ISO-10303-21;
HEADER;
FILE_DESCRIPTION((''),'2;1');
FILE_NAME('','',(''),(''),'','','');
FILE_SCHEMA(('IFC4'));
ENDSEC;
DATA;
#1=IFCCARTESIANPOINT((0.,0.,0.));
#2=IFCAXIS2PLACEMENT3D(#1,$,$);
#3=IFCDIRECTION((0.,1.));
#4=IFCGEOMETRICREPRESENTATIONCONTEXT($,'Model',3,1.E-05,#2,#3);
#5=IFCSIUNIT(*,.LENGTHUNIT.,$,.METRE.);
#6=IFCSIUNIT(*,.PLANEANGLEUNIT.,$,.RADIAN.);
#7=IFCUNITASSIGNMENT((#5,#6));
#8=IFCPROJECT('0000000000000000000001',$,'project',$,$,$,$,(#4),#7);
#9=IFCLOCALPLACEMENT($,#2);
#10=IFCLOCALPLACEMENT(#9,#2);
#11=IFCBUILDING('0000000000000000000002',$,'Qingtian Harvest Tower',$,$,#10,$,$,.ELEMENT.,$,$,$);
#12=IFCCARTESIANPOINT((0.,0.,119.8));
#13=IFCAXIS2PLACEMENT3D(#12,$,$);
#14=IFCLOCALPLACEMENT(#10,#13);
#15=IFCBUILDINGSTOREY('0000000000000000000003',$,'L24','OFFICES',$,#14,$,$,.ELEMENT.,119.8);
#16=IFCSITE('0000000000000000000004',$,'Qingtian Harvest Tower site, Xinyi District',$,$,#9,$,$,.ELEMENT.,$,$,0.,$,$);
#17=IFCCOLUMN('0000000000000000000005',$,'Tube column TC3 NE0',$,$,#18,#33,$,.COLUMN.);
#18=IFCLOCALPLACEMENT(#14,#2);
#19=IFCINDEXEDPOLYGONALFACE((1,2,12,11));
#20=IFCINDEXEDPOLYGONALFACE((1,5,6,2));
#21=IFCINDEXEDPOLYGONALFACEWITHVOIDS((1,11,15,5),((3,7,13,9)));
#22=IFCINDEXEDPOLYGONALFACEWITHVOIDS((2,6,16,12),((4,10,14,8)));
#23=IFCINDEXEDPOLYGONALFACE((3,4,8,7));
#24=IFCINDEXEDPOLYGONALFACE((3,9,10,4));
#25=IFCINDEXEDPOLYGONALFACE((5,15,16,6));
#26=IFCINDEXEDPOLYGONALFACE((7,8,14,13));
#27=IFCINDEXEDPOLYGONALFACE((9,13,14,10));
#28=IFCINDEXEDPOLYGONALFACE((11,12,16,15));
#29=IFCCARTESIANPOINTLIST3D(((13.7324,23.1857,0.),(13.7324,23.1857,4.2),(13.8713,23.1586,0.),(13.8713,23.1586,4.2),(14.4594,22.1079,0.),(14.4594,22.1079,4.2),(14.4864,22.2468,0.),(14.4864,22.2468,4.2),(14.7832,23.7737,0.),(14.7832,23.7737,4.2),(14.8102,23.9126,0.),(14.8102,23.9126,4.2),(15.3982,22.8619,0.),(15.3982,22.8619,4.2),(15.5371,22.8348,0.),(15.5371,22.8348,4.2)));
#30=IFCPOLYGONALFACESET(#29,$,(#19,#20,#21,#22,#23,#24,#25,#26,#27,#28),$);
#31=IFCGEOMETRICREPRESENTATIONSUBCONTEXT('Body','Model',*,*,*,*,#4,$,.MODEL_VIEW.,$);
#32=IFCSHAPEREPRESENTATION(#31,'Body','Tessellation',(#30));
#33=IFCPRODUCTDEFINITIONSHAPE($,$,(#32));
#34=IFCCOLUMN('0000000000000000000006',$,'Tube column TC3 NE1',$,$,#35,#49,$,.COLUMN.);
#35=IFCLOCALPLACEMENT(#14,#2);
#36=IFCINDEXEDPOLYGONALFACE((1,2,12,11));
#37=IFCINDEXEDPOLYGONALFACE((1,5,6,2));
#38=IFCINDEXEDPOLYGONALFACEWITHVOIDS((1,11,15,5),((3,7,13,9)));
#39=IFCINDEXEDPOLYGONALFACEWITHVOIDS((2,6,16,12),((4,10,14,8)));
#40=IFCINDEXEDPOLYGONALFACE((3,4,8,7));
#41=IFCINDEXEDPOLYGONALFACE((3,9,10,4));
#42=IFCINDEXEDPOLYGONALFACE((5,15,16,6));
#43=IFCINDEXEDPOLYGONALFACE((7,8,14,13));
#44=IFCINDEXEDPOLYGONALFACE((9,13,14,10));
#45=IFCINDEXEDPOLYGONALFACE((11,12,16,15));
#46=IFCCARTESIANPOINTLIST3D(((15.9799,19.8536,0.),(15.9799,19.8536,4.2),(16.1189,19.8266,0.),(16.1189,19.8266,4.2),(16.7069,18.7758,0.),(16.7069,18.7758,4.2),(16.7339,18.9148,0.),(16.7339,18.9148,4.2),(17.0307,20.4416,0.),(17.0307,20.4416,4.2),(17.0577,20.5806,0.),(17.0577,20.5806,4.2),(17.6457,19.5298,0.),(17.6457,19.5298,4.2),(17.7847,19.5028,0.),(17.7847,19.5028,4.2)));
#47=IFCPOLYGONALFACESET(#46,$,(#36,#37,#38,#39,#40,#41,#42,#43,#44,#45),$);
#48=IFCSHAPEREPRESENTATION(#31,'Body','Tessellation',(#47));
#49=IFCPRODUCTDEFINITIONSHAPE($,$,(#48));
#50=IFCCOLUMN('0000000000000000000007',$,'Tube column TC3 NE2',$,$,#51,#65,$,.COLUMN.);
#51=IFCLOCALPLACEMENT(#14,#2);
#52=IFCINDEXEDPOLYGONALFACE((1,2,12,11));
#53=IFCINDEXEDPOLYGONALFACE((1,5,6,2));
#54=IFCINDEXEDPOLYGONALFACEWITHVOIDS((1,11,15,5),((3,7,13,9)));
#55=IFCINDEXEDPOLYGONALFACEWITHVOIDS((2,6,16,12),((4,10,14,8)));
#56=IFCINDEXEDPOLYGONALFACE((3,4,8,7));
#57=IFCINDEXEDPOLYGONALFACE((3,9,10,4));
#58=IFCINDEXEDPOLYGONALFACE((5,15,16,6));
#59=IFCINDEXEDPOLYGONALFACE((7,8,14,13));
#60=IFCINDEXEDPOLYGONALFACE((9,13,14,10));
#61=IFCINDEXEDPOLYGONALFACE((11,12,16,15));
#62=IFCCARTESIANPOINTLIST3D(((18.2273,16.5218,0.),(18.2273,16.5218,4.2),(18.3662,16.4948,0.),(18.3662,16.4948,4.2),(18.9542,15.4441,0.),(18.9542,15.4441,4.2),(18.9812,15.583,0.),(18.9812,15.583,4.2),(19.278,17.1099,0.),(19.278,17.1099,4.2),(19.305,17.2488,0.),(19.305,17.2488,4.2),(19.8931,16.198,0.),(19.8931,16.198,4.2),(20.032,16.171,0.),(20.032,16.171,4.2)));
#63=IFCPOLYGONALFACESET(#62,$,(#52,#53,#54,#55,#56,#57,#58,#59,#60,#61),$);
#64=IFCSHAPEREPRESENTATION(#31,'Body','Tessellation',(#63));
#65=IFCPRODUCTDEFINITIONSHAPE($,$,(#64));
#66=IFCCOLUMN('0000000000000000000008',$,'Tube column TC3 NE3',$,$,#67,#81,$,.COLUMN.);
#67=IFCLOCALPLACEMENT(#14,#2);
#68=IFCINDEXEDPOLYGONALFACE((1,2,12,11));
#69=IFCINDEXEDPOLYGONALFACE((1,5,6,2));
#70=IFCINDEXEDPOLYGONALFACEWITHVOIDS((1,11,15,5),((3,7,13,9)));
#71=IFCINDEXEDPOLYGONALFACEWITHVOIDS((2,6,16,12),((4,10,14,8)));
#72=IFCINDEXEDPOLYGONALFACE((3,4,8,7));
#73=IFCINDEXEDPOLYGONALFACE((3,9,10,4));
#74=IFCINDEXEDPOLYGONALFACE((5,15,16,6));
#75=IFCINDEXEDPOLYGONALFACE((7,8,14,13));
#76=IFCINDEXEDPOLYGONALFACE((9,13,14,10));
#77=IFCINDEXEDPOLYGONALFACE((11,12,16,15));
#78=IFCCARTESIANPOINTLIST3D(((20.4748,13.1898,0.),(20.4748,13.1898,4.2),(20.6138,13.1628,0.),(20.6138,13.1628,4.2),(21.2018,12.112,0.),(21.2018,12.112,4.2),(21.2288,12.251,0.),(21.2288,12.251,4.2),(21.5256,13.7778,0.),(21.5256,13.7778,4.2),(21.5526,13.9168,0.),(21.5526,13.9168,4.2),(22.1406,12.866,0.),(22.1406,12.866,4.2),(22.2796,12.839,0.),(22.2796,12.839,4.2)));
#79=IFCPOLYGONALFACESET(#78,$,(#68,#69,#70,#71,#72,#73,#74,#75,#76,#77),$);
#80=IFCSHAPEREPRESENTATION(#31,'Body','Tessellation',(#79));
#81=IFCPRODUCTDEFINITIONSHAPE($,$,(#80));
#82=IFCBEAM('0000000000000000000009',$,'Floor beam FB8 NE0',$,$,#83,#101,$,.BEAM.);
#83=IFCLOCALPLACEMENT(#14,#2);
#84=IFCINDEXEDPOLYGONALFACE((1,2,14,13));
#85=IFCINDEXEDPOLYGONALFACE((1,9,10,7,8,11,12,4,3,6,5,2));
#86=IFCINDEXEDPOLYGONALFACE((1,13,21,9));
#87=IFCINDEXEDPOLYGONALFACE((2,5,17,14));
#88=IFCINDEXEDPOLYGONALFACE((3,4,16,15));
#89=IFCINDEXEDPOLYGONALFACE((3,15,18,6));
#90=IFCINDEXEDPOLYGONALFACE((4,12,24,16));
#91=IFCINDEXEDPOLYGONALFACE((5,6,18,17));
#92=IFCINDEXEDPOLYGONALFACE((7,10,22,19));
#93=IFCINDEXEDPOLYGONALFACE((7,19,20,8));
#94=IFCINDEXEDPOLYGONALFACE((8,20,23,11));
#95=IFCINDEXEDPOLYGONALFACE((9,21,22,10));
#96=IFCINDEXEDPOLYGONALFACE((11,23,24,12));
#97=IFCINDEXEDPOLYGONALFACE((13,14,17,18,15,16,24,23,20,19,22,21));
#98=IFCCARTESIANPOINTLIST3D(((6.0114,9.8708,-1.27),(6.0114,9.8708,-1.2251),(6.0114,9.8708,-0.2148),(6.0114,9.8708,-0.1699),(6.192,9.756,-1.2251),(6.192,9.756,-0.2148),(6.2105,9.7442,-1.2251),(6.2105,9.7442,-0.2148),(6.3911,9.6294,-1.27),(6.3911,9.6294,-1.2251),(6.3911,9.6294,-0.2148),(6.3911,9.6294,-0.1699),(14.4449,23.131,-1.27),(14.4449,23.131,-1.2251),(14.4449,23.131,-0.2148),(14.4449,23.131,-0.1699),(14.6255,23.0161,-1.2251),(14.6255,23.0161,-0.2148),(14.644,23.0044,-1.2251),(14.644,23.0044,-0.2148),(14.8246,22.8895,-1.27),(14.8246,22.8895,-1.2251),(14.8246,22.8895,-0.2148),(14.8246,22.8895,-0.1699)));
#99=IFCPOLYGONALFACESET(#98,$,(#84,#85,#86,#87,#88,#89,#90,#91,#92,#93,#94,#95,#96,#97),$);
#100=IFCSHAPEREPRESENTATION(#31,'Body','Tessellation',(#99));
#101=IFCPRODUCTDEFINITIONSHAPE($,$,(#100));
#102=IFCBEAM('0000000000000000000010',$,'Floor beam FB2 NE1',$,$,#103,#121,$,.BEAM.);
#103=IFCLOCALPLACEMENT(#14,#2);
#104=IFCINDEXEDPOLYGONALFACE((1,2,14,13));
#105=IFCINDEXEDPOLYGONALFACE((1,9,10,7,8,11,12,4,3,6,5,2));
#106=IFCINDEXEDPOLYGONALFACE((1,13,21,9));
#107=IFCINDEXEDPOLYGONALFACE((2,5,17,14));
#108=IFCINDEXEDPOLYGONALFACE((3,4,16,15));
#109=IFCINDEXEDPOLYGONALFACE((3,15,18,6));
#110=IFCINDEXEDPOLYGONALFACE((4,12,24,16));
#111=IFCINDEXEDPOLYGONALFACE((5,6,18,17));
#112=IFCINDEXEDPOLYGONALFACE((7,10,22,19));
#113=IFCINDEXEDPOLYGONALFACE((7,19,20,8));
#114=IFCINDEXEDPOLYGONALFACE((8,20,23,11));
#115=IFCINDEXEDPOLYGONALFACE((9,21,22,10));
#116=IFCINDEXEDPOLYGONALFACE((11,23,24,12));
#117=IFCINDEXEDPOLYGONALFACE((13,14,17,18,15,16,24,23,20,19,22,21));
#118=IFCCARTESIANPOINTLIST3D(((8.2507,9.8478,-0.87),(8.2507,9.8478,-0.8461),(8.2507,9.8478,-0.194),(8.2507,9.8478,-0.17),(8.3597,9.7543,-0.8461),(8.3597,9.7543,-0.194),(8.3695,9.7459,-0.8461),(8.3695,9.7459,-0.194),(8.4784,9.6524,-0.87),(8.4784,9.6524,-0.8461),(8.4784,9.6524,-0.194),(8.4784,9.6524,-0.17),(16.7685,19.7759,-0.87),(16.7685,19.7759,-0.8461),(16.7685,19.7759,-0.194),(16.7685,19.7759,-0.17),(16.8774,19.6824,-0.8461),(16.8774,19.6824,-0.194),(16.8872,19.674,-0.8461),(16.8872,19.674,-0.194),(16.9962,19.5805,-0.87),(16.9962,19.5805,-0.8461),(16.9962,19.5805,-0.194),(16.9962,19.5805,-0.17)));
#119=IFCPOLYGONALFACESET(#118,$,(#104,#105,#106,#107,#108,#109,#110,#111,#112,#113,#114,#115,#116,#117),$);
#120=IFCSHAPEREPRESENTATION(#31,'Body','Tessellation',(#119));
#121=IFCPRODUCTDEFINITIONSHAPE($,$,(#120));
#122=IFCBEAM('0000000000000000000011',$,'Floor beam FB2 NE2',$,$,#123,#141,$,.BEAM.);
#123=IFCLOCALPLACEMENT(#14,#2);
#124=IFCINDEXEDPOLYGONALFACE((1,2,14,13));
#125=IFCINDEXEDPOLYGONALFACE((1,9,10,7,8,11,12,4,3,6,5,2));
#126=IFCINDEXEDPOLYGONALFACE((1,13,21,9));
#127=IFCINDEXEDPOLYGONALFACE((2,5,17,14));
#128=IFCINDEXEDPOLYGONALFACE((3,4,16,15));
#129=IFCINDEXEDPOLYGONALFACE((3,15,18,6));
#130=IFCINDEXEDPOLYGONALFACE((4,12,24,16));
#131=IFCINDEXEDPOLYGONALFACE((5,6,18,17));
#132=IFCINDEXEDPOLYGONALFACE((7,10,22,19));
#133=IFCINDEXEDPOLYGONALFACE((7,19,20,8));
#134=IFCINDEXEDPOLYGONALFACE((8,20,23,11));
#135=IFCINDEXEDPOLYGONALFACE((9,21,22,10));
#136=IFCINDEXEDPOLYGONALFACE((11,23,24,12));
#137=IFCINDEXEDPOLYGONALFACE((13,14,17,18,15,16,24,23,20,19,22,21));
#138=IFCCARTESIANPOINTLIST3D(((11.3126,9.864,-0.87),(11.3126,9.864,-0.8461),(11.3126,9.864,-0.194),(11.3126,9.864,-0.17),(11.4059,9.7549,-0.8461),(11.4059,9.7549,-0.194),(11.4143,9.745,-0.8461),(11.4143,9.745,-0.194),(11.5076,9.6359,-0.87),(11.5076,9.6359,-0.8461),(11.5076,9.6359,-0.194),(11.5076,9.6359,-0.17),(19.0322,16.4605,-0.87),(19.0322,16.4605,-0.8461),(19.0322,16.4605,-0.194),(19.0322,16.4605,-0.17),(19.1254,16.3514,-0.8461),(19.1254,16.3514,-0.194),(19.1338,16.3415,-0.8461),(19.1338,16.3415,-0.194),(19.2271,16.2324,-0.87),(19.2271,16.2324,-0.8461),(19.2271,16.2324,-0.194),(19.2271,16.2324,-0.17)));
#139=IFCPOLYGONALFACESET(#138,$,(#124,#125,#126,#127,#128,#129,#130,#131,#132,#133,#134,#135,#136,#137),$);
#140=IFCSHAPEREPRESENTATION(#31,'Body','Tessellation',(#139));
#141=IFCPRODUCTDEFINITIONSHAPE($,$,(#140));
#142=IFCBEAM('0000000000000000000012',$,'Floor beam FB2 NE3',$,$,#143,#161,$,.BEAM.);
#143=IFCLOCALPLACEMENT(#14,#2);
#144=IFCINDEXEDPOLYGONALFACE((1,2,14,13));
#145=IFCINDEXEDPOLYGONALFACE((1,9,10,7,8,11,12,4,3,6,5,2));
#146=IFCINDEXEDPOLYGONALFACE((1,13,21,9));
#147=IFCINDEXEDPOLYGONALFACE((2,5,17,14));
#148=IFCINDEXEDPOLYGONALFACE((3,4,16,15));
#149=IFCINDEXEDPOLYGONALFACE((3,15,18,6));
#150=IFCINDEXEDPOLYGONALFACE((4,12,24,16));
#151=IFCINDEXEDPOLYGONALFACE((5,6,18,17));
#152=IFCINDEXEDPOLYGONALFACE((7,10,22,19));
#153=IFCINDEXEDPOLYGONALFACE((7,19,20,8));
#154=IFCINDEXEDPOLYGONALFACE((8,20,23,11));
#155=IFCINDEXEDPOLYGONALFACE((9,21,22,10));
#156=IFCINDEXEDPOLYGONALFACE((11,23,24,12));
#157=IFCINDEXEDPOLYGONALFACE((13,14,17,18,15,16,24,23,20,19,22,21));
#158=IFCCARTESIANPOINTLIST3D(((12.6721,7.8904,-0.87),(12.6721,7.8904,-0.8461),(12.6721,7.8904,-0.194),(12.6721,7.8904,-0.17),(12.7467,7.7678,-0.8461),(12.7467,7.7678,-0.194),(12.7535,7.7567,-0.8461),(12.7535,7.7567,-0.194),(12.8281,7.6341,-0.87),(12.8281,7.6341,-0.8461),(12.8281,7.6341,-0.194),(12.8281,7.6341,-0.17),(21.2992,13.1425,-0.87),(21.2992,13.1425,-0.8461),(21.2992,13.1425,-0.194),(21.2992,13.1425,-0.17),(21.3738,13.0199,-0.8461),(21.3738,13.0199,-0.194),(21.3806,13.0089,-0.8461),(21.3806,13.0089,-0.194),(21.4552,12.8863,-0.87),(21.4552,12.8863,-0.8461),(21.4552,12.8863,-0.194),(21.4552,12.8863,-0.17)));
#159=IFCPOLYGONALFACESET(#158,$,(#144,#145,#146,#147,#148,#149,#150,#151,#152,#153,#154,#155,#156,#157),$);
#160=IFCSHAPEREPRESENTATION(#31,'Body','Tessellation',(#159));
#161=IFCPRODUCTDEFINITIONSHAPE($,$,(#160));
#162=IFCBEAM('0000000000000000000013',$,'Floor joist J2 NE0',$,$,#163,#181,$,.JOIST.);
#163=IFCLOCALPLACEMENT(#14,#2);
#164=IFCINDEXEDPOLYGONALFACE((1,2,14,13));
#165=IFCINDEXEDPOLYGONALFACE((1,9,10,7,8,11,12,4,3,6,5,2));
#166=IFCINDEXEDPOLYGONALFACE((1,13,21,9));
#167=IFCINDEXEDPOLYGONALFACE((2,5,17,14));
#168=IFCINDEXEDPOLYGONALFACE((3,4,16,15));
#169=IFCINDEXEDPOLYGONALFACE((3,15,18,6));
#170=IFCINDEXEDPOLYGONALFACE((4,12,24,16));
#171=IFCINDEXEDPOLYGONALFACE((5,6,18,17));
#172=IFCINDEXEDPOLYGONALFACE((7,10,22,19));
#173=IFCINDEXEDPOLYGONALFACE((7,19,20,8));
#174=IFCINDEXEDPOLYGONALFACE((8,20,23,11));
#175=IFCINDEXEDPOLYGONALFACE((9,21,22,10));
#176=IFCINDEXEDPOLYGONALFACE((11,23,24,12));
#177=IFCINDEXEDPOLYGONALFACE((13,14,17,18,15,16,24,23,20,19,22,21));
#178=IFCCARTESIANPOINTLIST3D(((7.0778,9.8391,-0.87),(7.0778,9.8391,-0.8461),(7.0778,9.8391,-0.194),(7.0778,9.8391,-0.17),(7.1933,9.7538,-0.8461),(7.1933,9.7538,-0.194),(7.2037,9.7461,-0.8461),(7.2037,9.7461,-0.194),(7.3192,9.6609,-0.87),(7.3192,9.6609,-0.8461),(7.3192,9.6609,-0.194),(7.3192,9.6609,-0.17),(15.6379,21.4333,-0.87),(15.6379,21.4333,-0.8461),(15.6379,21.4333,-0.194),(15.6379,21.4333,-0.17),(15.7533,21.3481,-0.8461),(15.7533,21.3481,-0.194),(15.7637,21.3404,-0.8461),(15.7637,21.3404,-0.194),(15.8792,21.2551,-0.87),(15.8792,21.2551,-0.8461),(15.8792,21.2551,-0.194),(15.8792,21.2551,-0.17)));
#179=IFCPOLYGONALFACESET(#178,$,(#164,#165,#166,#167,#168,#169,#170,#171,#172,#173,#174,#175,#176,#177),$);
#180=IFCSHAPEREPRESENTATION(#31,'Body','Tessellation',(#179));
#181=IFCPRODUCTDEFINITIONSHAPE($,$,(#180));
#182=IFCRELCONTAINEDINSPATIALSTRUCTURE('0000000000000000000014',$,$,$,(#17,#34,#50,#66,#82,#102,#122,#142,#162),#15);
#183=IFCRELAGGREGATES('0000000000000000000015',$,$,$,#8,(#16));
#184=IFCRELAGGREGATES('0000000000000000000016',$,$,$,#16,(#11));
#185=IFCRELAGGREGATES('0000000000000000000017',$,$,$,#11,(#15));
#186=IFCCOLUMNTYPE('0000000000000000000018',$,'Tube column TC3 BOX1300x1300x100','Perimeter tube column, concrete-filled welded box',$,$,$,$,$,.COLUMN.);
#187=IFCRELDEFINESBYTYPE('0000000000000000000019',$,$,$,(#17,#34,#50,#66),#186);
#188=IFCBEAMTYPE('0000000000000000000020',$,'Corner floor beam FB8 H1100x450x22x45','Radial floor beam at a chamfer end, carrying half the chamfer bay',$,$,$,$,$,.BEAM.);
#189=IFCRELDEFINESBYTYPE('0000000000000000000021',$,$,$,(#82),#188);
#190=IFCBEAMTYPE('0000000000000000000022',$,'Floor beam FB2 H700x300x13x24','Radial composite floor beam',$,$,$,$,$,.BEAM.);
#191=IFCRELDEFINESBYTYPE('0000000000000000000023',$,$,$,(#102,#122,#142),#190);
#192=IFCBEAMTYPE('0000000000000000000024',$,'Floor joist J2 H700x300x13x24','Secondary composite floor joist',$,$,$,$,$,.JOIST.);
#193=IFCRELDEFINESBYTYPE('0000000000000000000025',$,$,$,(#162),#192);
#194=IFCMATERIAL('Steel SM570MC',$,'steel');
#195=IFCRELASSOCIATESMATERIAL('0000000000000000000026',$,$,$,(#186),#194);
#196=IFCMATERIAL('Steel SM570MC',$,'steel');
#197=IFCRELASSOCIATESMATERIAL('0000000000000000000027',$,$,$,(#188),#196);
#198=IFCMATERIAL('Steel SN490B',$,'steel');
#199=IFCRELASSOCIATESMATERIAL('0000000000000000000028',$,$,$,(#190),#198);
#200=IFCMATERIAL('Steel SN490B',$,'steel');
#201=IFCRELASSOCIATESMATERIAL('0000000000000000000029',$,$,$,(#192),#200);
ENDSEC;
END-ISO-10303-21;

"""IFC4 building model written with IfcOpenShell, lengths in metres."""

from ifc_helpers import new_model, si_unit, direction, frame, origin, origin_2d, place, context, subcontext, project, spatial, hollow_rectangle, i_section, extrude, material, material_profile, profile_set, type_object, element, save


model = new_model("IFC4")

# Units and contexts
model_context = context("Model", 3, precision=1e-05, world=origin(), true_north=direction((0.0, 1.0)))
body_context = subcontext(model_context, "Body", "Model", "MODEL_VIEW")
ifc_project = project(units=[si_unit("LENGTHUNIT", "METRE"), si_unit("PLANEANGLEUNIT", "RADIAN")], contexts=[model_context])

# Site, building, storey
site_placement = place(None, origin())
site = spatial("IfcSite", under=ifc_project, at=site_placement, Name="Qingtian Harvest Tower site, Xinyi District", CompositionType="ELEMENT", RefElevation=0.0)
building_placement = place(site_placement, origin())
building = spatial("IfcBuilding", under=site, at=building_placement, Name="Qingtian Harvest Tower", CompositionType="ELEMENT")
storey_placement = place(building_placement, frame((0.0, 0.0, 119.8)))
storey = spatial("IfcBuildingStorey", under=building, at=storey_placement, Name="L24", Description="OFFICES", CompositionType="ELEMENT", Elevation=119.8)

# Columns
ifc_material_1 = material(Name="Steel SM570MC", Category="steel")
ifc_material_profile_1 = material_profile(ifc_material_1, hollow_rectangle(XDim=1.3, YDim=1.3, WallThickness=0.1001, at=origin_2d()), Name="BOX1300x1300x100")
ifc_profile_set_1 = profile_set([ifc_material_profile_1], Name="Steel SM570MC")
column_type = type_object("IfcColumnType", Name="Tube column TC3 BOX1300x1300x100", Description="Perimeter tube column, concrete-filled welded box", PredefinedType="COLUMN", material=ifc_profile_set_1)
for number, where, z_axis, x_axis, name in (
    (1, (14.6348, 23.0103, 0.0), (0.0, 0.0, 1.0), (-0.559193, 0.829038, 0.0), "Tube column TC3 NE0"),
    (2, (16.8823, 19.6782, 0.0), (0.0, 0.0, 1.0), (-0.559193, 0.829038, 0.0), "Tube column TC3 NE1"),
    (3, (19.1296, 16.3464, 0.0), (0.0, 0.0, 1.0), (-0.559193, 0.829038, 0.0), "Tube column TC3 NE2"),
    (4, (21.3772, 13.0144, 0.0), (0.0, 0.0, 1.0), (-0.559193, 0.829038, 0.0), "Tube column TC3 NE3"),
):
    element("IfcColumn", number, at=place(storey_placement, frame(where, z_axis=z_axis, x_axis=x_axis)), inside=storey, type_object=column_type, Name=name, PredefinedType="COLUMN", context=body_context, shape_type="SweptSolid", body=[
        extrude(hollow_rectangle(XDim=1.3, YDim=1.3, WallThickness=0.1001, at=origin_2d()), origin(), (0.0, 0.0, 1.0), 4.2),
    ])

# Beams
ifc_material_2 = material(Name="Steel SM570MC", Category="steel")
ifc_material_profile_2 = material_profile(ifc_material_2, i_section(OverallWidth=0.45, OverallDepth=1.1001, WebThickness=0.022, FlangeThickness=0.0449, at=origin_2d()), Name="H1100x450x22x45")
ifc_profile_set_2 = profile_set([ifc_material_profile_2], Name="Steel SM570MC")
beam_type_1 = type_object("IfcBeamType", Name="Corner floor beam FB8 H1100x450x22x45", Description="Radial floor beam at a chamfer end, carrying half the chamfer bay", PredefinedType="BEAM", material=ifc_profile_set_2)
beam_1_placement = place(storey_placement, frame((14.6348, 23.0103, -0.72), z_axis=(-0.53666, -0.843798, 0.0), x_axis=(0.843798, -0.53666, 0.0)))
element("IfcBeam", 5, at=beam_1_placement, inside=storey, type_object=beam_type_1, Name="Floor beam FB8 NE0", PredefinedType="BEAM", context=body_context, shape_type="SweptSolid", body=[
    extrude(i_section(OverallWidth=0.45, OverallDepth=1.1001, WebThickness=0.022, FlangeThickness=0.0449, at=origin_2d()), origin(), (0.0, 0.0, 1.0), 15.7148),
])
ifc_material_3 = material(Name="Steel SN490B", Category="steel")
ifc_material_profile_3 = material_profile(ifc_material_3, i_section(OverallWidth=0.3, OverallDepth=0.7, WebThickness=0.0129, FlangeThickness=0.0239, at=origin_2d()), Name="H700x300x13x24")
ifc_profile_set_3 = profile_set([ifc_material_profile_3], Name="Steel SN490B")
beam_type_2 = type_object("IfcBeamType", Name="Floor beam FB2 H700x300x13x24", Description="Radial composite floor beam", PredefinedType="BEAM", material=ifc_profile_set_3)
beam_2_placement = place(storey_placement, frame((16.8823, 19.6782, -0.52), z_axis=(-0.65114, -0.758957, 0.0), x_axis=(0.758957, -0.65114, 0.0)))
element("IfcBeam", 6, at=beam_2_placement, inside=storey, type_object=beam_type_2, Name="Floor beam FB2 NE1", PredefinedType="BEAM", context=body_context, shape_type="SweptSolid", body=[
    extrude(i_section(OverallWidth=0.3, OverallDepth=0.7, WebThickness=0.0129, FlangeThickness=0.0239, at=origin_2d()), origin(), (0.0, 0.0, 1.0), 13.0813),
])
beam_3_placement = place(storey_placement, frame((19.1296, 16.3464, -0.52), z_axis=(-0.760242, -0.64964, 0.0), x_axis=(0.64964, -0.760242, 0.0)))
element("IfcBeam", 7, at=beam_3_placement, inside=storey, type_object=beam_type_2, Name="Floor beam FB2 NE2", PredefinedType="BEAM", context=body_context, shape_type="SweptSolid", body=[
    extrude(i_section(OverallWidth=0.3, OverallDepth=0.7, WebThickness=0.0129, FlangeThickness=0.0239, at=origin_2d()), origin(), (0.0, 0.0, 1.0), 10.1541),
])
beam_4_placement = place(storey_placement, frame((21.3772, 13.0144, -0.52), z_axis=(-0.854161, -0.520009, 0.0), x_axis=(0.520009, -0.854161, 0.0)))
element("IfcBeam", 8, at=beam_4_placement, inside=storey, type_object=beam_type_2, Name="Floor beam FB2 NE3", PredefinedType="BEAM", context=body_context, shape_type="SweptSolid", body=[
    extrude(i_section(OverallWidth=0.3, OverallDepth=0.7, WebThickness=0.0129, FlangeThickness=0.0239, at=origin_2d()), origin(), (0.0, 0.0, 1.0), 10.1001),
])
ifc_material_4 = material(Name="Steel SN490B", Category="steel")
ifc_material_profile_4 = material_profile(ifc_material_4, i_section(OverallWidth=0.3, OverallDepth=0.7, WebThickness=0.0129, FlangeThickness=0.0239, at=origin_2d()), Name="H700x300x13x24")
ifc_profile_set_4 = profile_set([ifc_material_profile_4], Name="Steel SN490B")
beam_type_3 = type_object("IfcBeamType", Name="Floor joist J2 H700x300x13x24", Description="Secondary composite floor joist", PredefinedType="JOIST", material=ifc_profile_set_4)
beam_5_placement = place(storey_placement, frame((15.7585, 21.3442, -0.52), z_axis=(-0.59396, -0.804494, 0.0), x_axis=(0.804494, -0.59396, 0.0)))
element("IfcBeam", 9, at=beam_5_placement, inside=storey, type_object=beam_type_3, Name="Floor joist J2 NE0", PredefinedType="JOIST", context=body_context, shape_type="SweptSolid", body=[
    extrude(i_section(OverallWidth=0.3, OverallDepth=0.7, WebThickness=0.0129, FlangeThickness=0.0239, at=origin_2d()), origin(), (0.0, 0.0, 1.0), 14.4119),
])

save(model, "model.ifc")
